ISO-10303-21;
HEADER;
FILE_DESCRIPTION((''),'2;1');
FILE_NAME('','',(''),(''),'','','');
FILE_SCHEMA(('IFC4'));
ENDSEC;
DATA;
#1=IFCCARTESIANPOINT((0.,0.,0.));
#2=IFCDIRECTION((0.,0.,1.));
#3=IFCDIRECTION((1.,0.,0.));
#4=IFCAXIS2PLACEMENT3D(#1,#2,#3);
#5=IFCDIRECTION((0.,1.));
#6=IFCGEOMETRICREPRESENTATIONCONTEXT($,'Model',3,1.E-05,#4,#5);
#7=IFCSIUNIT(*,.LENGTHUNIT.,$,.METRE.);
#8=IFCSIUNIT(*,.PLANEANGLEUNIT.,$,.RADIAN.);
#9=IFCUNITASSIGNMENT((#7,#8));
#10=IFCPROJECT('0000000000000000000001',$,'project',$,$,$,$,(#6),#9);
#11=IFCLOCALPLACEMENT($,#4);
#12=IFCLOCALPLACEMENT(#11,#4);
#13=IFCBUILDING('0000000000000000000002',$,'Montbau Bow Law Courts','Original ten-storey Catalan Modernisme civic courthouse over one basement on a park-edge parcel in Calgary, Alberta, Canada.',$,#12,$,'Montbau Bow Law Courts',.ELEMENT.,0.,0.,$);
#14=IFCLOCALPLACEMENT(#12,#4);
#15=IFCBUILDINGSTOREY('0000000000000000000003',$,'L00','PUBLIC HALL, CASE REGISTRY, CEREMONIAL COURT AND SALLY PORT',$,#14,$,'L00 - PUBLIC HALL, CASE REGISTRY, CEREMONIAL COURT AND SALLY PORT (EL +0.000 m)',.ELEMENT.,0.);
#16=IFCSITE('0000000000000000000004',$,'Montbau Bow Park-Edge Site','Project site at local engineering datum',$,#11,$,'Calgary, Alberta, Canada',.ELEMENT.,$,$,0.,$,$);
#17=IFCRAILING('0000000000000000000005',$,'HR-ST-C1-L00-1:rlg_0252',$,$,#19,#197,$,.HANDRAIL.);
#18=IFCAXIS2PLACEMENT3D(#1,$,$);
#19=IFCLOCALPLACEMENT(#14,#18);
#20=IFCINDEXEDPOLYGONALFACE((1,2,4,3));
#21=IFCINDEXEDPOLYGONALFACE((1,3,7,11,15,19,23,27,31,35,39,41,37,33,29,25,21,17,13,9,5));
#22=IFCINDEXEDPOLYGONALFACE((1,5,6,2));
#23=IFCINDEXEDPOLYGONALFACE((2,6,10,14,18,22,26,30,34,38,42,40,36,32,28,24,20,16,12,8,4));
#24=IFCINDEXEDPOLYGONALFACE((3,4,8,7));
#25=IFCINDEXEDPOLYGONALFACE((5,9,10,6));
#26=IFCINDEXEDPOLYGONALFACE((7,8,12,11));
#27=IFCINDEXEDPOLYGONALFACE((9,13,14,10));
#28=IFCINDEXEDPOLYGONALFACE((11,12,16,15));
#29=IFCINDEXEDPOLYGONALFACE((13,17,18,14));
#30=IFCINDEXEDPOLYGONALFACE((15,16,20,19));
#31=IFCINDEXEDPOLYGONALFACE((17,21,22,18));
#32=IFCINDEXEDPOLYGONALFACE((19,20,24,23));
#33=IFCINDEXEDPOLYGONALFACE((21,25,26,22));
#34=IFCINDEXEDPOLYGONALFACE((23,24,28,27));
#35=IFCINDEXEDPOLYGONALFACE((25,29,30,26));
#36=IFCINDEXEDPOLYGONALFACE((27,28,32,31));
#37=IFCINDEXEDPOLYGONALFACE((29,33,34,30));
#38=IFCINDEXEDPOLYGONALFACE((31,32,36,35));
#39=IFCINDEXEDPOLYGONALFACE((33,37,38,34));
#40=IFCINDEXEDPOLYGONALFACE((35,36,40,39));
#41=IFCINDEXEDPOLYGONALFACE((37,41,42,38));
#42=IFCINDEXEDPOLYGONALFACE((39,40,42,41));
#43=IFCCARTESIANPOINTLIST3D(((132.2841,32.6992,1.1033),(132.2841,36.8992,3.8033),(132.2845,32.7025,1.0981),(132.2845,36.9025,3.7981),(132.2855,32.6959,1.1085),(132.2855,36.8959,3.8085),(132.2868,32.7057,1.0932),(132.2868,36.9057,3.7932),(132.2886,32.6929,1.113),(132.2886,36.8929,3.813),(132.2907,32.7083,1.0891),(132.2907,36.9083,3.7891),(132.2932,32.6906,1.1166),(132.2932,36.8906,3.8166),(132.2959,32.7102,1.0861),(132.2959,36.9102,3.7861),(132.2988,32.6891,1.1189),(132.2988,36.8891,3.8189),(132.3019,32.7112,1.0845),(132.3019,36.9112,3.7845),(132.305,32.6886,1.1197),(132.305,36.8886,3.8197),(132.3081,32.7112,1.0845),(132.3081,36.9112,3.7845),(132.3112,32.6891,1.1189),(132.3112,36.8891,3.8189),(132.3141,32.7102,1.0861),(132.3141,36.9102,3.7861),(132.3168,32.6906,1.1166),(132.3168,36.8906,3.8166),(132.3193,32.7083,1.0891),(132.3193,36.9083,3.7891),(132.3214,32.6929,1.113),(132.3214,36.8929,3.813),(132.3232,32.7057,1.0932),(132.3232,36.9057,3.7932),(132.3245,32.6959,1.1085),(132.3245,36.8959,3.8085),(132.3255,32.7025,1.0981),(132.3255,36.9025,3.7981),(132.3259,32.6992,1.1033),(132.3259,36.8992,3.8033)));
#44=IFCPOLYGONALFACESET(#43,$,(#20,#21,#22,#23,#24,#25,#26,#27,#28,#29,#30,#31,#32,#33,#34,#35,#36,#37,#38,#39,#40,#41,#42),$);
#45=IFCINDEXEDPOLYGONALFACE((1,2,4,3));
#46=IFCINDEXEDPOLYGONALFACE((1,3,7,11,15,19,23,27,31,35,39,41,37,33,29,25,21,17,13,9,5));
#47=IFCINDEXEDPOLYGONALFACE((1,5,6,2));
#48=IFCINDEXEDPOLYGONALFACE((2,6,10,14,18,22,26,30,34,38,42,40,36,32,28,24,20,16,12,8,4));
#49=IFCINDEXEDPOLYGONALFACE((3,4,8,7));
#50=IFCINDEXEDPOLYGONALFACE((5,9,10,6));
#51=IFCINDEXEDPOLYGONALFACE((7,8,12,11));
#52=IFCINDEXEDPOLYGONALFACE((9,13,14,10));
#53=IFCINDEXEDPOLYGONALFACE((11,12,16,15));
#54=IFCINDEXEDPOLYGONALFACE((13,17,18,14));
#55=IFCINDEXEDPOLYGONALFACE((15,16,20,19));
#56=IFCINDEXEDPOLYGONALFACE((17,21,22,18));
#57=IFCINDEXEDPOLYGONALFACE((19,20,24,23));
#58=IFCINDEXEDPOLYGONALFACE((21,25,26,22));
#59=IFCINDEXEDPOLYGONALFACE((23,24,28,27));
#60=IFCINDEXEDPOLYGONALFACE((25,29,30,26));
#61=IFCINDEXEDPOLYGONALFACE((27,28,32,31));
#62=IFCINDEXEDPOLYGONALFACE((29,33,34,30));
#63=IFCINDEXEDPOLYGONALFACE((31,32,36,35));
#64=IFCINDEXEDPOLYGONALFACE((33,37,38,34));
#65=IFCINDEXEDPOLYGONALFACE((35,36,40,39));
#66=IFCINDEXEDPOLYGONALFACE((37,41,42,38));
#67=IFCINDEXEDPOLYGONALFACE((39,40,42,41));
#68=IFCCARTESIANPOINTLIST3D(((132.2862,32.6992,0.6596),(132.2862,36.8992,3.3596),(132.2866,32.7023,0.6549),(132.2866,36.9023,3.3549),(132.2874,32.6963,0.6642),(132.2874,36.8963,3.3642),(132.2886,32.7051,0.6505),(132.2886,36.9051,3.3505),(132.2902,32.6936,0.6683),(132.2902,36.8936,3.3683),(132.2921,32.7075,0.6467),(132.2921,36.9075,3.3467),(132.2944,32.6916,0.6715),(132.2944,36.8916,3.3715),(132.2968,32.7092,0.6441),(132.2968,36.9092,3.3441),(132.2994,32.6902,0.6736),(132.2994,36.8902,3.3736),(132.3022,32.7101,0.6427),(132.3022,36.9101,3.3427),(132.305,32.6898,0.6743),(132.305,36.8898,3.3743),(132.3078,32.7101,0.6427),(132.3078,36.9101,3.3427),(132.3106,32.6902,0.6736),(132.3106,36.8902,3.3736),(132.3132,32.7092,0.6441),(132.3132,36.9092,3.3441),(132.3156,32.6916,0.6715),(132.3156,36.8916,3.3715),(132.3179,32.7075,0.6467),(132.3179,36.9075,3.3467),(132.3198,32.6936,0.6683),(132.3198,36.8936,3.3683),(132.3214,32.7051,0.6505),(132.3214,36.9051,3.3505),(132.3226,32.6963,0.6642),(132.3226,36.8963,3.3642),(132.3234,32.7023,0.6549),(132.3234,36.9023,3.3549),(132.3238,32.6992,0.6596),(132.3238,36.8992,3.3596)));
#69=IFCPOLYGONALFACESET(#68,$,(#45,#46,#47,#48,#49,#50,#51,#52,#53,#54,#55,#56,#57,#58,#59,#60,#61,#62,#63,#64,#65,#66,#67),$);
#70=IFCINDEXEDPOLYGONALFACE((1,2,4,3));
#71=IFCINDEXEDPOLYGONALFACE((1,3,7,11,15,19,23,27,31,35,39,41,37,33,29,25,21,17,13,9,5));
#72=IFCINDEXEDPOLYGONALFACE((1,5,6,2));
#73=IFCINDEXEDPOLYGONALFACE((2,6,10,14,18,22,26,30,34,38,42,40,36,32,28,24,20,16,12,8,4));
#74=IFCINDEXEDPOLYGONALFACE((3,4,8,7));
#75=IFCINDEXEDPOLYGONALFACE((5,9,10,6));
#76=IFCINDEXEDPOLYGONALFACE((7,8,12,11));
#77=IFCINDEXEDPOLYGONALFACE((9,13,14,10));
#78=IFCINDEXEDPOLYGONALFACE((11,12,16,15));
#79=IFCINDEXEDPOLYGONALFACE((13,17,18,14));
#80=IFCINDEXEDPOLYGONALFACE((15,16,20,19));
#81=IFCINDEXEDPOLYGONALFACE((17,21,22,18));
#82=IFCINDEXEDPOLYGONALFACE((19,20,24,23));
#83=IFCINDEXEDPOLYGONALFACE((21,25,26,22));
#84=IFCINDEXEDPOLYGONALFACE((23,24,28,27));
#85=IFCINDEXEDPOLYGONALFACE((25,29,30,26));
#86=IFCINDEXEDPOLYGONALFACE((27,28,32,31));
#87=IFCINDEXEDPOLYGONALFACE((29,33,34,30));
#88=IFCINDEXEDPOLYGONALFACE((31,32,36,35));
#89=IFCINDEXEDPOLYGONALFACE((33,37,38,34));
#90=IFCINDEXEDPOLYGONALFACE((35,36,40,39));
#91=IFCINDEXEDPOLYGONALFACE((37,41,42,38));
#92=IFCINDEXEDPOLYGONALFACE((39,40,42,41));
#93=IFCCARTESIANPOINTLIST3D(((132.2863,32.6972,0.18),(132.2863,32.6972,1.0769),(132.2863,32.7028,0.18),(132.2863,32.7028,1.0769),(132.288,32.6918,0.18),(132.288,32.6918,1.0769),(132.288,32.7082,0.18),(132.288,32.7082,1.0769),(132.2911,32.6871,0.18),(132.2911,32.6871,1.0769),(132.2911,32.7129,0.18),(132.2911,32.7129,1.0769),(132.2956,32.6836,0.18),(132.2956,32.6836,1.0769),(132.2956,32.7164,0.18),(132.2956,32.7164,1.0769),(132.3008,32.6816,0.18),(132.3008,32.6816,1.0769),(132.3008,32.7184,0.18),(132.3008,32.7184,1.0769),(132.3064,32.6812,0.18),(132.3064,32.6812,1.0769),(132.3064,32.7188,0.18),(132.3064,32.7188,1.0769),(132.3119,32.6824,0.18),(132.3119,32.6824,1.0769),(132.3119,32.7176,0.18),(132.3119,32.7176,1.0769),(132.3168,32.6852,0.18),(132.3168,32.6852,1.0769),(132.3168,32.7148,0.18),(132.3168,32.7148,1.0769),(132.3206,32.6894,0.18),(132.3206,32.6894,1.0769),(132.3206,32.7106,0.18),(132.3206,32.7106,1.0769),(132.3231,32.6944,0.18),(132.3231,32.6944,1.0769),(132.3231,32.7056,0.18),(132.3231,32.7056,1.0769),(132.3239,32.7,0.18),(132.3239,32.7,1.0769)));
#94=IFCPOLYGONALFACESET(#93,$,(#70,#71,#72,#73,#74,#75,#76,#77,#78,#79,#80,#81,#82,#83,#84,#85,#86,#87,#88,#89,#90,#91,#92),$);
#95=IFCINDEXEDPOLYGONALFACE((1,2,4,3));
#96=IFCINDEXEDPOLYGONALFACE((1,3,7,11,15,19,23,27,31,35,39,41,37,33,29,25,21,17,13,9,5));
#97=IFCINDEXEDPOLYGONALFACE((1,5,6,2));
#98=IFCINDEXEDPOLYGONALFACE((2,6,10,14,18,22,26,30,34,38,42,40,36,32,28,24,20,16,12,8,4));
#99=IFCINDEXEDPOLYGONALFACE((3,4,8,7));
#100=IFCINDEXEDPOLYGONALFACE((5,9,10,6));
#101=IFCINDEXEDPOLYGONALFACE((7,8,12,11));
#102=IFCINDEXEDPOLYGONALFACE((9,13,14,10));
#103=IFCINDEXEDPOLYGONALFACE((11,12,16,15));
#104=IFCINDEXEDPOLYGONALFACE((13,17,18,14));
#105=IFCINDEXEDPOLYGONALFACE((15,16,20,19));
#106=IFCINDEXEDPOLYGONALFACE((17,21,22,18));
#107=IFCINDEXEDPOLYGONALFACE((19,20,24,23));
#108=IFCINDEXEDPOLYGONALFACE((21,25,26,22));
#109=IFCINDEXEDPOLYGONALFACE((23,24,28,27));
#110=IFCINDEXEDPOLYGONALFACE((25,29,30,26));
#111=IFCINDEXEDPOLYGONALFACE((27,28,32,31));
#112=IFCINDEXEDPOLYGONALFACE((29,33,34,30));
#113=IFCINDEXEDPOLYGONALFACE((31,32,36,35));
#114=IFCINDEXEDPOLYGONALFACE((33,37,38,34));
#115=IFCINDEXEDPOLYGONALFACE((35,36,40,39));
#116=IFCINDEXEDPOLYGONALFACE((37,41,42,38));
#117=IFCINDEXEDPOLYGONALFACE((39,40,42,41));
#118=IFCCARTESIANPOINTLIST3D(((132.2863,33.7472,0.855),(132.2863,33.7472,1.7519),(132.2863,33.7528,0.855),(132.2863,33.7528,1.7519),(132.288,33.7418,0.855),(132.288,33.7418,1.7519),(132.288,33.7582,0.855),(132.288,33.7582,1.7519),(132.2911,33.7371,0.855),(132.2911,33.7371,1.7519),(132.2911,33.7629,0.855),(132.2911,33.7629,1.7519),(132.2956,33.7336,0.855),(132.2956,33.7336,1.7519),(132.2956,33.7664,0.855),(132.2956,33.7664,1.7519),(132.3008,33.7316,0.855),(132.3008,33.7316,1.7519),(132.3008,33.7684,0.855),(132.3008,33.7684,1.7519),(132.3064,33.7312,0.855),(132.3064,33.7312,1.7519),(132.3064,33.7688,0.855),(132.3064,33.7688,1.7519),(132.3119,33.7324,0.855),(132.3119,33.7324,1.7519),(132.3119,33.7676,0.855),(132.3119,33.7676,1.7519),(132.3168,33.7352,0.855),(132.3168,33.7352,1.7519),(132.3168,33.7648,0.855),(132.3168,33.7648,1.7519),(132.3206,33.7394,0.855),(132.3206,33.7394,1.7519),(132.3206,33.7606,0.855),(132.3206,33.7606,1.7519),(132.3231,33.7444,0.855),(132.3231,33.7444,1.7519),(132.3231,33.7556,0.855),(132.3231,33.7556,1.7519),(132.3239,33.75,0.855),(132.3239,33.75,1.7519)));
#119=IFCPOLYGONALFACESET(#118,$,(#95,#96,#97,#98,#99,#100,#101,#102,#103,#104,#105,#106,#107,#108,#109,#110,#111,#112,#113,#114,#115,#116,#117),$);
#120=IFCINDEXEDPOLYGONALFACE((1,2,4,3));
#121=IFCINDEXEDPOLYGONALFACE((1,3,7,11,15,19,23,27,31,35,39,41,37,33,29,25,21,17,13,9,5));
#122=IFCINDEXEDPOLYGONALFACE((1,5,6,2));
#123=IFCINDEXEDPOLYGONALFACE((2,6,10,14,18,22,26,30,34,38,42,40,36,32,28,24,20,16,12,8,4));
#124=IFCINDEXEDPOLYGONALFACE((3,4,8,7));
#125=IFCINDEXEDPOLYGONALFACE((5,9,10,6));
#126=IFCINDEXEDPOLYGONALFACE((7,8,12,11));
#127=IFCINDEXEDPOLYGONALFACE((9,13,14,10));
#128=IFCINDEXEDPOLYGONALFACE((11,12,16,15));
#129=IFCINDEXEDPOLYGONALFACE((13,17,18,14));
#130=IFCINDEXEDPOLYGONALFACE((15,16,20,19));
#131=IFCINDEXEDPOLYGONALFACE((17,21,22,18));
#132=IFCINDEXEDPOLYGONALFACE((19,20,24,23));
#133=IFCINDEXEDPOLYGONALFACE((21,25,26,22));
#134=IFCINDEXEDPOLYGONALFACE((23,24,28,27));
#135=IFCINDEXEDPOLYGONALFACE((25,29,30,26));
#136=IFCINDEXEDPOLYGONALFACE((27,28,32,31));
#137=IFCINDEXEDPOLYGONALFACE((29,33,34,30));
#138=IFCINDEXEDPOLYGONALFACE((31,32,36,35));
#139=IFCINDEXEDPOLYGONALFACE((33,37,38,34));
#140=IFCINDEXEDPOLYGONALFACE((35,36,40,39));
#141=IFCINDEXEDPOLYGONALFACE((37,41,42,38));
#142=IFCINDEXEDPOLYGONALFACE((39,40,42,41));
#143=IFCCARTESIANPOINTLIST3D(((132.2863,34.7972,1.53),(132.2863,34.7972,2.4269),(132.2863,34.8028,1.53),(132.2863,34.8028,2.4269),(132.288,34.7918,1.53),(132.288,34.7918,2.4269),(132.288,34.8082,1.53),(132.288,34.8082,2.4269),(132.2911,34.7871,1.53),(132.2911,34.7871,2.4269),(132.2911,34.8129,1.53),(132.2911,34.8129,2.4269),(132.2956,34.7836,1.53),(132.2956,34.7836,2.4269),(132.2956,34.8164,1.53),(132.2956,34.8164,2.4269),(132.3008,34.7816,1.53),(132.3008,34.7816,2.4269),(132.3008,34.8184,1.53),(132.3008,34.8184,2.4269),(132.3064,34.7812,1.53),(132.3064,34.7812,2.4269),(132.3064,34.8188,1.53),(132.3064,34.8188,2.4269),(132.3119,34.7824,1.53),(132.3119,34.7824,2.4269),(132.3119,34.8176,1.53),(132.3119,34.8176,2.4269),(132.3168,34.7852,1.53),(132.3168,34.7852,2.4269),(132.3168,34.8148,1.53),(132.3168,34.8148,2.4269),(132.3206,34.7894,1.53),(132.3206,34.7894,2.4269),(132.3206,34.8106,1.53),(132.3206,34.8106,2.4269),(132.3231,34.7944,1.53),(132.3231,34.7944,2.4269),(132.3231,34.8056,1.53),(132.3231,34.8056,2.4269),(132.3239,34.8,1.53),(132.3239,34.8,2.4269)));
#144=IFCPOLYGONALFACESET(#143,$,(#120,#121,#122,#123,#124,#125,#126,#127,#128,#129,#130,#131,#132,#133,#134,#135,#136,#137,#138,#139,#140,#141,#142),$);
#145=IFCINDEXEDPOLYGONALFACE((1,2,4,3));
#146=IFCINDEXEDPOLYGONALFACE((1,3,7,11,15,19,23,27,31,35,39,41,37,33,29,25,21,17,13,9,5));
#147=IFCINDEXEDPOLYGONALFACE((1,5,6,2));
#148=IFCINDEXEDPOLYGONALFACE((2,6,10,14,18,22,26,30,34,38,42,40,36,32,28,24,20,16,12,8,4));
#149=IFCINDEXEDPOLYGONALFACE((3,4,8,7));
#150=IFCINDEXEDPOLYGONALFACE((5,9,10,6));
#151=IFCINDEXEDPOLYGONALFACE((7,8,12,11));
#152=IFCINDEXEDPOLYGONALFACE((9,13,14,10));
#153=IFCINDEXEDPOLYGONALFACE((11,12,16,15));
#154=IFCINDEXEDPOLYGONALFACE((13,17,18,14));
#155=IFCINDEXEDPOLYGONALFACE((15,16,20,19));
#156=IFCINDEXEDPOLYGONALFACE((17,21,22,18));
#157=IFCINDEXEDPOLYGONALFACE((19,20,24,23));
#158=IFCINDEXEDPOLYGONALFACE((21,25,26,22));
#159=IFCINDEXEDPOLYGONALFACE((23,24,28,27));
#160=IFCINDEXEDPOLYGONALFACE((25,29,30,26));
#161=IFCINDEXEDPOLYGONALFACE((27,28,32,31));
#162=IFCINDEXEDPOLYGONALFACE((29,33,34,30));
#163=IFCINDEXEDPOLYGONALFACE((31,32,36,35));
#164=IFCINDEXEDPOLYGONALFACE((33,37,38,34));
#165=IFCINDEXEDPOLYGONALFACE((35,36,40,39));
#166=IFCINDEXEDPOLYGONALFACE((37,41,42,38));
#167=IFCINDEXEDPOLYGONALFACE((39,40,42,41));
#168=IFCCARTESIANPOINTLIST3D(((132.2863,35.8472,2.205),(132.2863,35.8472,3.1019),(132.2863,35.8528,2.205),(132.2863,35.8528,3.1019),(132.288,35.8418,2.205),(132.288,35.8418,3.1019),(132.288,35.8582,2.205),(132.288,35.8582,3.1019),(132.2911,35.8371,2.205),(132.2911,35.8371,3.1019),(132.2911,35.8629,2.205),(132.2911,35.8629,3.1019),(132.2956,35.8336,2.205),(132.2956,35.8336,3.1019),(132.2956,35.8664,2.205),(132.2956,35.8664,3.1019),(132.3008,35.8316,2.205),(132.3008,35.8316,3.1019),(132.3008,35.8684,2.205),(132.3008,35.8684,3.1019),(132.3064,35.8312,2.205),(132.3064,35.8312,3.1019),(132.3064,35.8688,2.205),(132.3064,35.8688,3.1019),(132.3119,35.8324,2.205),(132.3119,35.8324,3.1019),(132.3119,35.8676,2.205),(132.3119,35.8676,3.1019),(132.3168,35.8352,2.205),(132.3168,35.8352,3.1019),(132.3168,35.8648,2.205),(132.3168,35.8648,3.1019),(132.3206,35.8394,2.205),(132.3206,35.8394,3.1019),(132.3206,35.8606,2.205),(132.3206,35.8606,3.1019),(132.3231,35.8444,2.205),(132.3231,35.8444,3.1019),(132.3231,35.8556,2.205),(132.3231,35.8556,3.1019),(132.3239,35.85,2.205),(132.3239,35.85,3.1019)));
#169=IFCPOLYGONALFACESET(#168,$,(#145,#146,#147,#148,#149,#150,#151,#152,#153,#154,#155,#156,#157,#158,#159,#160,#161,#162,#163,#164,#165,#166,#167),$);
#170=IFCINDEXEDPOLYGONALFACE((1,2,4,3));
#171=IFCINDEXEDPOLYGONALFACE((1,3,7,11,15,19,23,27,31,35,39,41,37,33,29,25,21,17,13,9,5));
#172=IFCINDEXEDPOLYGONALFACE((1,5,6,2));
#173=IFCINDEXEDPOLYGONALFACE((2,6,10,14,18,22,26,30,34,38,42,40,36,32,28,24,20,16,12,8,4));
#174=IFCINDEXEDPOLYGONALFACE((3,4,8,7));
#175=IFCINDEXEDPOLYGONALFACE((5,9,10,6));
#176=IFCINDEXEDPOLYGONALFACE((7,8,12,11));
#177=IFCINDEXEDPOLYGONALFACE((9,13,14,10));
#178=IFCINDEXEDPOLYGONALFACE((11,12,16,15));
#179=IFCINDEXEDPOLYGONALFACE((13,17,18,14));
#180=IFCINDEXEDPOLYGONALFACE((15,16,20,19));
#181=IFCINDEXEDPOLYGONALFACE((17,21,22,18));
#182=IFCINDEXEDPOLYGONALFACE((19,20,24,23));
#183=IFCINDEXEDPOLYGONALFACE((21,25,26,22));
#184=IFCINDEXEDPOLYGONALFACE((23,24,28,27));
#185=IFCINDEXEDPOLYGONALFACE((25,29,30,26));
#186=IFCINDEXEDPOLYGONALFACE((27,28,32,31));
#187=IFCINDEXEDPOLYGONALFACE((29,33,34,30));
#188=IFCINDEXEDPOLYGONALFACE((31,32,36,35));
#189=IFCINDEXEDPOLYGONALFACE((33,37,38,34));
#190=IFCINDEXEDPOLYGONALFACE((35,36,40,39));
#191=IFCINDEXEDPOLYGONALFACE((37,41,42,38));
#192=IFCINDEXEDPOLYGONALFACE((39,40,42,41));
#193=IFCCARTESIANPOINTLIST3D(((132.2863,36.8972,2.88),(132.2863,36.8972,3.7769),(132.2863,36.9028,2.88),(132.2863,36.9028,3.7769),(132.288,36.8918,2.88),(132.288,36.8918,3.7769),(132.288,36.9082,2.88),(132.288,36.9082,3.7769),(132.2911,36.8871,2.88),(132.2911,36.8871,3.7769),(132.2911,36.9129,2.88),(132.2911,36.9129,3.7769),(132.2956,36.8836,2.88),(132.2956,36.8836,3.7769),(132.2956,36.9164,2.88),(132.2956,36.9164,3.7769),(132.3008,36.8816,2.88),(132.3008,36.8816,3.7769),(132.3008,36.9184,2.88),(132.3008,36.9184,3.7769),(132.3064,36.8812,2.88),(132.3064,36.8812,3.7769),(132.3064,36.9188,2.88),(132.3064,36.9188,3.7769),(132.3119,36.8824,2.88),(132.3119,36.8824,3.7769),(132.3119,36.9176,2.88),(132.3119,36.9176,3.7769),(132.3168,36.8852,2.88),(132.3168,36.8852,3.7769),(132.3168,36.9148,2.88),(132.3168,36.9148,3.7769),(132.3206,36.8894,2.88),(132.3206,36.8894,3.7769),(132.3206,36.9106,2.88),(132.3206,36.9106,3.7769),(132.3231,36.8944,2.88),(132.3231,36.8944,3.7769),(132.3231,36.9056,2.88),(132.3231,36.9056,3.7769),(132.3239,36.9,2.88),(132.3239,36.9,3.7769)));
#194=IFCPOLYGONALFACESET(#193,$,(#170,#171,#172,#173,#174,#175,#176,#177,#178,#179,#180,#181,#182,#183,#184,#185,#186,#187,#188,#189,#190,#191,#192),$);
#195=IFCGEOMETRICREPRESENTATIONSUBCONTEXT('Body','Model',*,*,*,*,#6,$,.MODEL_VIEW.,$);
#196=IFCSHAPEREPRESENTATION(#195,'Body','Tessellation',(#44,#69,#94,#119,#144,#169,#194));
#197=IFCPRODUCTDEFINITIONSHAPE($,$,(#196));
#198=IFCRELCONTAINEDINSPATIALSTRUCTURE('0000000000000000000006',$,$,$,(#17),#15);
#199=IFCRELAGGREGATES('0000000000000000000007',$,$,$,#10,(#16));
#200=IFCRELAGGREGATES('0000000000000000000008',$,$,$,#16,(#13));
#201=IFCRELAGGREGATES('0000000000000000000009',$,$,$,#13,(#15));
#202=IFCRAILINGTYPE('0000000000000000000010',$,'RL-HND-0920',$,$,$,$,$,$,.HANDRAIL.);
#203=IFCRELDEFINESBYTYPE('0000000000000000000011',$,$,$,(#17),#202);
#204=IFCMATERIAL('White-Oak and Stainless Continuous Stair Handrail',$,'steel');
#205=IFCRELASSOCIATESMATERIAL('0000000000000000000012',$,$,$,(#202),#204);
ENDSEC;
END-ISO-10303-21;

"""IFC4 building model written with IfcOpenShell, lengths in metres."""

from ifc_helpers import new_model, si_unit, direction, frame, origin_with_axes, origin_2d_with_axis, place, context, subcontext, project, spatial, circle, extrude, material, type_object, element, save


model = new_model("IFC4")

# Units and contexts
model_context = context("Model", 3, precision=1e-05, world=origin_with_axes(), true_north=direction((0.0, 1.0)))
body_context = subcontext(model_context, "Body", "Model", "MODEL_VIEW")
ifc_project = project(units=[si_unit("LENGTHUNIT", "METRE"), si_unit("PLANEANGLEUNIT", "RADIAN")], contexts=[model_context])

# Site, building, storey
site_placement = place(None, origin_with_axes())
site = spatial("IfcSite", under=ifc_project, at=site_placement, Name="Montbau Bow Park-Edge Site", Description="Project site at local engineering datum", LongName="Calgary, Alberta, Canada", CompositionType="ELEMENT", RefElevation=0.0)
building_placement = place(site_placement, origin_with_axes())
building = spatial("IfcBuilding", under=site, at=building_placement, Name="Montbau Bow Law Courts", Description="Original ten-storey Catalan Modernisme civic courthouse over one basement on a park-edge parcel in Calgary, Alberta, Canada.", LongName="Montbau Bow Law Courts", CompositionType="ELEMENT", ElevationOfRefHeight=0.0, ElevationOfTerrain=0.0)
storey_placement = place(building_placement, origin_with_axes())
storey = spatial("IfcBuildingStorey", under=building, at=storey_placement, Name="L00", Description="PUBLIC HALL, CASE REGISTRY, CEREMONIAL COURT AND SALLY PORT", LongName="L00 - PUBLIC HALL, CASE REGISTRY, CEREMONIAL COURT AND SALLY PORT (EL +0.000 m)", CompositionType="ELEMENT", Elevation=0.0)

# Railing
ifc_material_1 = material(Name="White-Oak and Stainless Continuous Stair Handrail", Category="steel")
railing_type_1 = type_object("IfcRailingType", Name="RL-HND-0920", PredefinedType="HANDRAIL", material=ifc_material_1)
railing_1_placement = place(None, origin_with_axes())
element("IfcRailing", 1, at=railing_1_placement, inside=storey, type_object=railing_type_1, Name="HR-ST-C1-L00-1:rlg_0252", PredefinedType="HANDRAIL", context=body_context, shape_type="SweptSolid", body=[
    extrude(circle(Radius=0.021, at=origin_2d_with_axis()), frame((132.305, 32.7, 1.102), z_axis=(0.0, 0.841178, 0.540758), x_axis=(0.0, -0.540758, 0.841178)), (0.0, 0.0, 1.0), 4.993),
    extrude(circle(Radius=0.0189, at=origin_2d_with_axis()), frame((132.305, 32.7, 0.6584), z_axis=(0.0, 0.841178, 0.540758), x_axis=(0.0, -0.540758, 0.841178)), (0.0, 0.0, 1.0), 4.993),
    extrude(circle(Radius=0.0189, at=origin_2d_with_axis()), frame((132.305, 32.7, 0.18), z_axis=(0.0, 0.0, 1.0), x_axis=(1.0, 0.0, 0.0)), (0.0, 0.0, 1.0), 0.8969),
    extrude(circle(Radius=0.0189, at=origin_2d_with_axis()), frame((132.305, 33.75, 0.855), z_axis=(0.0, 0.0, 1.0), x_axis=(1.0, 0.0, 0.0)), (0.0, 0.0, 1.0), 0.8969),
    extrude(circle(Radius=0.0189, at=origin_2d_with_axis()), frame((132.305, 34.8, 1.53), z_axis=(0.0, 0.0, 1.0), x_axis=(1.0, 0.0, 0.0)), (0.0, 0.0, 1.0), 0.8969),
    extrude(circle(Radius=0.0189, at=origin_2d_with_axis()), frame((132.305, 35.85, 2.205), z_axis=(0.0, 0.0, 1.0), x_axis=(1.0, 0.0, 0.0)), (0.0, 0.0, 1.0), 0.8969),
    extrude(circle(Radius=0.0189, at=origin_2d_with_axis()), frame((132.305, 36.9, 2.88), z_axis=(0.0, 0.0, 1.0), x_axis=(1.0, 0.0, 0.0)), (0.0, 0.0, 1.0), 0.8969),
])

save(model, "model.ifc")
